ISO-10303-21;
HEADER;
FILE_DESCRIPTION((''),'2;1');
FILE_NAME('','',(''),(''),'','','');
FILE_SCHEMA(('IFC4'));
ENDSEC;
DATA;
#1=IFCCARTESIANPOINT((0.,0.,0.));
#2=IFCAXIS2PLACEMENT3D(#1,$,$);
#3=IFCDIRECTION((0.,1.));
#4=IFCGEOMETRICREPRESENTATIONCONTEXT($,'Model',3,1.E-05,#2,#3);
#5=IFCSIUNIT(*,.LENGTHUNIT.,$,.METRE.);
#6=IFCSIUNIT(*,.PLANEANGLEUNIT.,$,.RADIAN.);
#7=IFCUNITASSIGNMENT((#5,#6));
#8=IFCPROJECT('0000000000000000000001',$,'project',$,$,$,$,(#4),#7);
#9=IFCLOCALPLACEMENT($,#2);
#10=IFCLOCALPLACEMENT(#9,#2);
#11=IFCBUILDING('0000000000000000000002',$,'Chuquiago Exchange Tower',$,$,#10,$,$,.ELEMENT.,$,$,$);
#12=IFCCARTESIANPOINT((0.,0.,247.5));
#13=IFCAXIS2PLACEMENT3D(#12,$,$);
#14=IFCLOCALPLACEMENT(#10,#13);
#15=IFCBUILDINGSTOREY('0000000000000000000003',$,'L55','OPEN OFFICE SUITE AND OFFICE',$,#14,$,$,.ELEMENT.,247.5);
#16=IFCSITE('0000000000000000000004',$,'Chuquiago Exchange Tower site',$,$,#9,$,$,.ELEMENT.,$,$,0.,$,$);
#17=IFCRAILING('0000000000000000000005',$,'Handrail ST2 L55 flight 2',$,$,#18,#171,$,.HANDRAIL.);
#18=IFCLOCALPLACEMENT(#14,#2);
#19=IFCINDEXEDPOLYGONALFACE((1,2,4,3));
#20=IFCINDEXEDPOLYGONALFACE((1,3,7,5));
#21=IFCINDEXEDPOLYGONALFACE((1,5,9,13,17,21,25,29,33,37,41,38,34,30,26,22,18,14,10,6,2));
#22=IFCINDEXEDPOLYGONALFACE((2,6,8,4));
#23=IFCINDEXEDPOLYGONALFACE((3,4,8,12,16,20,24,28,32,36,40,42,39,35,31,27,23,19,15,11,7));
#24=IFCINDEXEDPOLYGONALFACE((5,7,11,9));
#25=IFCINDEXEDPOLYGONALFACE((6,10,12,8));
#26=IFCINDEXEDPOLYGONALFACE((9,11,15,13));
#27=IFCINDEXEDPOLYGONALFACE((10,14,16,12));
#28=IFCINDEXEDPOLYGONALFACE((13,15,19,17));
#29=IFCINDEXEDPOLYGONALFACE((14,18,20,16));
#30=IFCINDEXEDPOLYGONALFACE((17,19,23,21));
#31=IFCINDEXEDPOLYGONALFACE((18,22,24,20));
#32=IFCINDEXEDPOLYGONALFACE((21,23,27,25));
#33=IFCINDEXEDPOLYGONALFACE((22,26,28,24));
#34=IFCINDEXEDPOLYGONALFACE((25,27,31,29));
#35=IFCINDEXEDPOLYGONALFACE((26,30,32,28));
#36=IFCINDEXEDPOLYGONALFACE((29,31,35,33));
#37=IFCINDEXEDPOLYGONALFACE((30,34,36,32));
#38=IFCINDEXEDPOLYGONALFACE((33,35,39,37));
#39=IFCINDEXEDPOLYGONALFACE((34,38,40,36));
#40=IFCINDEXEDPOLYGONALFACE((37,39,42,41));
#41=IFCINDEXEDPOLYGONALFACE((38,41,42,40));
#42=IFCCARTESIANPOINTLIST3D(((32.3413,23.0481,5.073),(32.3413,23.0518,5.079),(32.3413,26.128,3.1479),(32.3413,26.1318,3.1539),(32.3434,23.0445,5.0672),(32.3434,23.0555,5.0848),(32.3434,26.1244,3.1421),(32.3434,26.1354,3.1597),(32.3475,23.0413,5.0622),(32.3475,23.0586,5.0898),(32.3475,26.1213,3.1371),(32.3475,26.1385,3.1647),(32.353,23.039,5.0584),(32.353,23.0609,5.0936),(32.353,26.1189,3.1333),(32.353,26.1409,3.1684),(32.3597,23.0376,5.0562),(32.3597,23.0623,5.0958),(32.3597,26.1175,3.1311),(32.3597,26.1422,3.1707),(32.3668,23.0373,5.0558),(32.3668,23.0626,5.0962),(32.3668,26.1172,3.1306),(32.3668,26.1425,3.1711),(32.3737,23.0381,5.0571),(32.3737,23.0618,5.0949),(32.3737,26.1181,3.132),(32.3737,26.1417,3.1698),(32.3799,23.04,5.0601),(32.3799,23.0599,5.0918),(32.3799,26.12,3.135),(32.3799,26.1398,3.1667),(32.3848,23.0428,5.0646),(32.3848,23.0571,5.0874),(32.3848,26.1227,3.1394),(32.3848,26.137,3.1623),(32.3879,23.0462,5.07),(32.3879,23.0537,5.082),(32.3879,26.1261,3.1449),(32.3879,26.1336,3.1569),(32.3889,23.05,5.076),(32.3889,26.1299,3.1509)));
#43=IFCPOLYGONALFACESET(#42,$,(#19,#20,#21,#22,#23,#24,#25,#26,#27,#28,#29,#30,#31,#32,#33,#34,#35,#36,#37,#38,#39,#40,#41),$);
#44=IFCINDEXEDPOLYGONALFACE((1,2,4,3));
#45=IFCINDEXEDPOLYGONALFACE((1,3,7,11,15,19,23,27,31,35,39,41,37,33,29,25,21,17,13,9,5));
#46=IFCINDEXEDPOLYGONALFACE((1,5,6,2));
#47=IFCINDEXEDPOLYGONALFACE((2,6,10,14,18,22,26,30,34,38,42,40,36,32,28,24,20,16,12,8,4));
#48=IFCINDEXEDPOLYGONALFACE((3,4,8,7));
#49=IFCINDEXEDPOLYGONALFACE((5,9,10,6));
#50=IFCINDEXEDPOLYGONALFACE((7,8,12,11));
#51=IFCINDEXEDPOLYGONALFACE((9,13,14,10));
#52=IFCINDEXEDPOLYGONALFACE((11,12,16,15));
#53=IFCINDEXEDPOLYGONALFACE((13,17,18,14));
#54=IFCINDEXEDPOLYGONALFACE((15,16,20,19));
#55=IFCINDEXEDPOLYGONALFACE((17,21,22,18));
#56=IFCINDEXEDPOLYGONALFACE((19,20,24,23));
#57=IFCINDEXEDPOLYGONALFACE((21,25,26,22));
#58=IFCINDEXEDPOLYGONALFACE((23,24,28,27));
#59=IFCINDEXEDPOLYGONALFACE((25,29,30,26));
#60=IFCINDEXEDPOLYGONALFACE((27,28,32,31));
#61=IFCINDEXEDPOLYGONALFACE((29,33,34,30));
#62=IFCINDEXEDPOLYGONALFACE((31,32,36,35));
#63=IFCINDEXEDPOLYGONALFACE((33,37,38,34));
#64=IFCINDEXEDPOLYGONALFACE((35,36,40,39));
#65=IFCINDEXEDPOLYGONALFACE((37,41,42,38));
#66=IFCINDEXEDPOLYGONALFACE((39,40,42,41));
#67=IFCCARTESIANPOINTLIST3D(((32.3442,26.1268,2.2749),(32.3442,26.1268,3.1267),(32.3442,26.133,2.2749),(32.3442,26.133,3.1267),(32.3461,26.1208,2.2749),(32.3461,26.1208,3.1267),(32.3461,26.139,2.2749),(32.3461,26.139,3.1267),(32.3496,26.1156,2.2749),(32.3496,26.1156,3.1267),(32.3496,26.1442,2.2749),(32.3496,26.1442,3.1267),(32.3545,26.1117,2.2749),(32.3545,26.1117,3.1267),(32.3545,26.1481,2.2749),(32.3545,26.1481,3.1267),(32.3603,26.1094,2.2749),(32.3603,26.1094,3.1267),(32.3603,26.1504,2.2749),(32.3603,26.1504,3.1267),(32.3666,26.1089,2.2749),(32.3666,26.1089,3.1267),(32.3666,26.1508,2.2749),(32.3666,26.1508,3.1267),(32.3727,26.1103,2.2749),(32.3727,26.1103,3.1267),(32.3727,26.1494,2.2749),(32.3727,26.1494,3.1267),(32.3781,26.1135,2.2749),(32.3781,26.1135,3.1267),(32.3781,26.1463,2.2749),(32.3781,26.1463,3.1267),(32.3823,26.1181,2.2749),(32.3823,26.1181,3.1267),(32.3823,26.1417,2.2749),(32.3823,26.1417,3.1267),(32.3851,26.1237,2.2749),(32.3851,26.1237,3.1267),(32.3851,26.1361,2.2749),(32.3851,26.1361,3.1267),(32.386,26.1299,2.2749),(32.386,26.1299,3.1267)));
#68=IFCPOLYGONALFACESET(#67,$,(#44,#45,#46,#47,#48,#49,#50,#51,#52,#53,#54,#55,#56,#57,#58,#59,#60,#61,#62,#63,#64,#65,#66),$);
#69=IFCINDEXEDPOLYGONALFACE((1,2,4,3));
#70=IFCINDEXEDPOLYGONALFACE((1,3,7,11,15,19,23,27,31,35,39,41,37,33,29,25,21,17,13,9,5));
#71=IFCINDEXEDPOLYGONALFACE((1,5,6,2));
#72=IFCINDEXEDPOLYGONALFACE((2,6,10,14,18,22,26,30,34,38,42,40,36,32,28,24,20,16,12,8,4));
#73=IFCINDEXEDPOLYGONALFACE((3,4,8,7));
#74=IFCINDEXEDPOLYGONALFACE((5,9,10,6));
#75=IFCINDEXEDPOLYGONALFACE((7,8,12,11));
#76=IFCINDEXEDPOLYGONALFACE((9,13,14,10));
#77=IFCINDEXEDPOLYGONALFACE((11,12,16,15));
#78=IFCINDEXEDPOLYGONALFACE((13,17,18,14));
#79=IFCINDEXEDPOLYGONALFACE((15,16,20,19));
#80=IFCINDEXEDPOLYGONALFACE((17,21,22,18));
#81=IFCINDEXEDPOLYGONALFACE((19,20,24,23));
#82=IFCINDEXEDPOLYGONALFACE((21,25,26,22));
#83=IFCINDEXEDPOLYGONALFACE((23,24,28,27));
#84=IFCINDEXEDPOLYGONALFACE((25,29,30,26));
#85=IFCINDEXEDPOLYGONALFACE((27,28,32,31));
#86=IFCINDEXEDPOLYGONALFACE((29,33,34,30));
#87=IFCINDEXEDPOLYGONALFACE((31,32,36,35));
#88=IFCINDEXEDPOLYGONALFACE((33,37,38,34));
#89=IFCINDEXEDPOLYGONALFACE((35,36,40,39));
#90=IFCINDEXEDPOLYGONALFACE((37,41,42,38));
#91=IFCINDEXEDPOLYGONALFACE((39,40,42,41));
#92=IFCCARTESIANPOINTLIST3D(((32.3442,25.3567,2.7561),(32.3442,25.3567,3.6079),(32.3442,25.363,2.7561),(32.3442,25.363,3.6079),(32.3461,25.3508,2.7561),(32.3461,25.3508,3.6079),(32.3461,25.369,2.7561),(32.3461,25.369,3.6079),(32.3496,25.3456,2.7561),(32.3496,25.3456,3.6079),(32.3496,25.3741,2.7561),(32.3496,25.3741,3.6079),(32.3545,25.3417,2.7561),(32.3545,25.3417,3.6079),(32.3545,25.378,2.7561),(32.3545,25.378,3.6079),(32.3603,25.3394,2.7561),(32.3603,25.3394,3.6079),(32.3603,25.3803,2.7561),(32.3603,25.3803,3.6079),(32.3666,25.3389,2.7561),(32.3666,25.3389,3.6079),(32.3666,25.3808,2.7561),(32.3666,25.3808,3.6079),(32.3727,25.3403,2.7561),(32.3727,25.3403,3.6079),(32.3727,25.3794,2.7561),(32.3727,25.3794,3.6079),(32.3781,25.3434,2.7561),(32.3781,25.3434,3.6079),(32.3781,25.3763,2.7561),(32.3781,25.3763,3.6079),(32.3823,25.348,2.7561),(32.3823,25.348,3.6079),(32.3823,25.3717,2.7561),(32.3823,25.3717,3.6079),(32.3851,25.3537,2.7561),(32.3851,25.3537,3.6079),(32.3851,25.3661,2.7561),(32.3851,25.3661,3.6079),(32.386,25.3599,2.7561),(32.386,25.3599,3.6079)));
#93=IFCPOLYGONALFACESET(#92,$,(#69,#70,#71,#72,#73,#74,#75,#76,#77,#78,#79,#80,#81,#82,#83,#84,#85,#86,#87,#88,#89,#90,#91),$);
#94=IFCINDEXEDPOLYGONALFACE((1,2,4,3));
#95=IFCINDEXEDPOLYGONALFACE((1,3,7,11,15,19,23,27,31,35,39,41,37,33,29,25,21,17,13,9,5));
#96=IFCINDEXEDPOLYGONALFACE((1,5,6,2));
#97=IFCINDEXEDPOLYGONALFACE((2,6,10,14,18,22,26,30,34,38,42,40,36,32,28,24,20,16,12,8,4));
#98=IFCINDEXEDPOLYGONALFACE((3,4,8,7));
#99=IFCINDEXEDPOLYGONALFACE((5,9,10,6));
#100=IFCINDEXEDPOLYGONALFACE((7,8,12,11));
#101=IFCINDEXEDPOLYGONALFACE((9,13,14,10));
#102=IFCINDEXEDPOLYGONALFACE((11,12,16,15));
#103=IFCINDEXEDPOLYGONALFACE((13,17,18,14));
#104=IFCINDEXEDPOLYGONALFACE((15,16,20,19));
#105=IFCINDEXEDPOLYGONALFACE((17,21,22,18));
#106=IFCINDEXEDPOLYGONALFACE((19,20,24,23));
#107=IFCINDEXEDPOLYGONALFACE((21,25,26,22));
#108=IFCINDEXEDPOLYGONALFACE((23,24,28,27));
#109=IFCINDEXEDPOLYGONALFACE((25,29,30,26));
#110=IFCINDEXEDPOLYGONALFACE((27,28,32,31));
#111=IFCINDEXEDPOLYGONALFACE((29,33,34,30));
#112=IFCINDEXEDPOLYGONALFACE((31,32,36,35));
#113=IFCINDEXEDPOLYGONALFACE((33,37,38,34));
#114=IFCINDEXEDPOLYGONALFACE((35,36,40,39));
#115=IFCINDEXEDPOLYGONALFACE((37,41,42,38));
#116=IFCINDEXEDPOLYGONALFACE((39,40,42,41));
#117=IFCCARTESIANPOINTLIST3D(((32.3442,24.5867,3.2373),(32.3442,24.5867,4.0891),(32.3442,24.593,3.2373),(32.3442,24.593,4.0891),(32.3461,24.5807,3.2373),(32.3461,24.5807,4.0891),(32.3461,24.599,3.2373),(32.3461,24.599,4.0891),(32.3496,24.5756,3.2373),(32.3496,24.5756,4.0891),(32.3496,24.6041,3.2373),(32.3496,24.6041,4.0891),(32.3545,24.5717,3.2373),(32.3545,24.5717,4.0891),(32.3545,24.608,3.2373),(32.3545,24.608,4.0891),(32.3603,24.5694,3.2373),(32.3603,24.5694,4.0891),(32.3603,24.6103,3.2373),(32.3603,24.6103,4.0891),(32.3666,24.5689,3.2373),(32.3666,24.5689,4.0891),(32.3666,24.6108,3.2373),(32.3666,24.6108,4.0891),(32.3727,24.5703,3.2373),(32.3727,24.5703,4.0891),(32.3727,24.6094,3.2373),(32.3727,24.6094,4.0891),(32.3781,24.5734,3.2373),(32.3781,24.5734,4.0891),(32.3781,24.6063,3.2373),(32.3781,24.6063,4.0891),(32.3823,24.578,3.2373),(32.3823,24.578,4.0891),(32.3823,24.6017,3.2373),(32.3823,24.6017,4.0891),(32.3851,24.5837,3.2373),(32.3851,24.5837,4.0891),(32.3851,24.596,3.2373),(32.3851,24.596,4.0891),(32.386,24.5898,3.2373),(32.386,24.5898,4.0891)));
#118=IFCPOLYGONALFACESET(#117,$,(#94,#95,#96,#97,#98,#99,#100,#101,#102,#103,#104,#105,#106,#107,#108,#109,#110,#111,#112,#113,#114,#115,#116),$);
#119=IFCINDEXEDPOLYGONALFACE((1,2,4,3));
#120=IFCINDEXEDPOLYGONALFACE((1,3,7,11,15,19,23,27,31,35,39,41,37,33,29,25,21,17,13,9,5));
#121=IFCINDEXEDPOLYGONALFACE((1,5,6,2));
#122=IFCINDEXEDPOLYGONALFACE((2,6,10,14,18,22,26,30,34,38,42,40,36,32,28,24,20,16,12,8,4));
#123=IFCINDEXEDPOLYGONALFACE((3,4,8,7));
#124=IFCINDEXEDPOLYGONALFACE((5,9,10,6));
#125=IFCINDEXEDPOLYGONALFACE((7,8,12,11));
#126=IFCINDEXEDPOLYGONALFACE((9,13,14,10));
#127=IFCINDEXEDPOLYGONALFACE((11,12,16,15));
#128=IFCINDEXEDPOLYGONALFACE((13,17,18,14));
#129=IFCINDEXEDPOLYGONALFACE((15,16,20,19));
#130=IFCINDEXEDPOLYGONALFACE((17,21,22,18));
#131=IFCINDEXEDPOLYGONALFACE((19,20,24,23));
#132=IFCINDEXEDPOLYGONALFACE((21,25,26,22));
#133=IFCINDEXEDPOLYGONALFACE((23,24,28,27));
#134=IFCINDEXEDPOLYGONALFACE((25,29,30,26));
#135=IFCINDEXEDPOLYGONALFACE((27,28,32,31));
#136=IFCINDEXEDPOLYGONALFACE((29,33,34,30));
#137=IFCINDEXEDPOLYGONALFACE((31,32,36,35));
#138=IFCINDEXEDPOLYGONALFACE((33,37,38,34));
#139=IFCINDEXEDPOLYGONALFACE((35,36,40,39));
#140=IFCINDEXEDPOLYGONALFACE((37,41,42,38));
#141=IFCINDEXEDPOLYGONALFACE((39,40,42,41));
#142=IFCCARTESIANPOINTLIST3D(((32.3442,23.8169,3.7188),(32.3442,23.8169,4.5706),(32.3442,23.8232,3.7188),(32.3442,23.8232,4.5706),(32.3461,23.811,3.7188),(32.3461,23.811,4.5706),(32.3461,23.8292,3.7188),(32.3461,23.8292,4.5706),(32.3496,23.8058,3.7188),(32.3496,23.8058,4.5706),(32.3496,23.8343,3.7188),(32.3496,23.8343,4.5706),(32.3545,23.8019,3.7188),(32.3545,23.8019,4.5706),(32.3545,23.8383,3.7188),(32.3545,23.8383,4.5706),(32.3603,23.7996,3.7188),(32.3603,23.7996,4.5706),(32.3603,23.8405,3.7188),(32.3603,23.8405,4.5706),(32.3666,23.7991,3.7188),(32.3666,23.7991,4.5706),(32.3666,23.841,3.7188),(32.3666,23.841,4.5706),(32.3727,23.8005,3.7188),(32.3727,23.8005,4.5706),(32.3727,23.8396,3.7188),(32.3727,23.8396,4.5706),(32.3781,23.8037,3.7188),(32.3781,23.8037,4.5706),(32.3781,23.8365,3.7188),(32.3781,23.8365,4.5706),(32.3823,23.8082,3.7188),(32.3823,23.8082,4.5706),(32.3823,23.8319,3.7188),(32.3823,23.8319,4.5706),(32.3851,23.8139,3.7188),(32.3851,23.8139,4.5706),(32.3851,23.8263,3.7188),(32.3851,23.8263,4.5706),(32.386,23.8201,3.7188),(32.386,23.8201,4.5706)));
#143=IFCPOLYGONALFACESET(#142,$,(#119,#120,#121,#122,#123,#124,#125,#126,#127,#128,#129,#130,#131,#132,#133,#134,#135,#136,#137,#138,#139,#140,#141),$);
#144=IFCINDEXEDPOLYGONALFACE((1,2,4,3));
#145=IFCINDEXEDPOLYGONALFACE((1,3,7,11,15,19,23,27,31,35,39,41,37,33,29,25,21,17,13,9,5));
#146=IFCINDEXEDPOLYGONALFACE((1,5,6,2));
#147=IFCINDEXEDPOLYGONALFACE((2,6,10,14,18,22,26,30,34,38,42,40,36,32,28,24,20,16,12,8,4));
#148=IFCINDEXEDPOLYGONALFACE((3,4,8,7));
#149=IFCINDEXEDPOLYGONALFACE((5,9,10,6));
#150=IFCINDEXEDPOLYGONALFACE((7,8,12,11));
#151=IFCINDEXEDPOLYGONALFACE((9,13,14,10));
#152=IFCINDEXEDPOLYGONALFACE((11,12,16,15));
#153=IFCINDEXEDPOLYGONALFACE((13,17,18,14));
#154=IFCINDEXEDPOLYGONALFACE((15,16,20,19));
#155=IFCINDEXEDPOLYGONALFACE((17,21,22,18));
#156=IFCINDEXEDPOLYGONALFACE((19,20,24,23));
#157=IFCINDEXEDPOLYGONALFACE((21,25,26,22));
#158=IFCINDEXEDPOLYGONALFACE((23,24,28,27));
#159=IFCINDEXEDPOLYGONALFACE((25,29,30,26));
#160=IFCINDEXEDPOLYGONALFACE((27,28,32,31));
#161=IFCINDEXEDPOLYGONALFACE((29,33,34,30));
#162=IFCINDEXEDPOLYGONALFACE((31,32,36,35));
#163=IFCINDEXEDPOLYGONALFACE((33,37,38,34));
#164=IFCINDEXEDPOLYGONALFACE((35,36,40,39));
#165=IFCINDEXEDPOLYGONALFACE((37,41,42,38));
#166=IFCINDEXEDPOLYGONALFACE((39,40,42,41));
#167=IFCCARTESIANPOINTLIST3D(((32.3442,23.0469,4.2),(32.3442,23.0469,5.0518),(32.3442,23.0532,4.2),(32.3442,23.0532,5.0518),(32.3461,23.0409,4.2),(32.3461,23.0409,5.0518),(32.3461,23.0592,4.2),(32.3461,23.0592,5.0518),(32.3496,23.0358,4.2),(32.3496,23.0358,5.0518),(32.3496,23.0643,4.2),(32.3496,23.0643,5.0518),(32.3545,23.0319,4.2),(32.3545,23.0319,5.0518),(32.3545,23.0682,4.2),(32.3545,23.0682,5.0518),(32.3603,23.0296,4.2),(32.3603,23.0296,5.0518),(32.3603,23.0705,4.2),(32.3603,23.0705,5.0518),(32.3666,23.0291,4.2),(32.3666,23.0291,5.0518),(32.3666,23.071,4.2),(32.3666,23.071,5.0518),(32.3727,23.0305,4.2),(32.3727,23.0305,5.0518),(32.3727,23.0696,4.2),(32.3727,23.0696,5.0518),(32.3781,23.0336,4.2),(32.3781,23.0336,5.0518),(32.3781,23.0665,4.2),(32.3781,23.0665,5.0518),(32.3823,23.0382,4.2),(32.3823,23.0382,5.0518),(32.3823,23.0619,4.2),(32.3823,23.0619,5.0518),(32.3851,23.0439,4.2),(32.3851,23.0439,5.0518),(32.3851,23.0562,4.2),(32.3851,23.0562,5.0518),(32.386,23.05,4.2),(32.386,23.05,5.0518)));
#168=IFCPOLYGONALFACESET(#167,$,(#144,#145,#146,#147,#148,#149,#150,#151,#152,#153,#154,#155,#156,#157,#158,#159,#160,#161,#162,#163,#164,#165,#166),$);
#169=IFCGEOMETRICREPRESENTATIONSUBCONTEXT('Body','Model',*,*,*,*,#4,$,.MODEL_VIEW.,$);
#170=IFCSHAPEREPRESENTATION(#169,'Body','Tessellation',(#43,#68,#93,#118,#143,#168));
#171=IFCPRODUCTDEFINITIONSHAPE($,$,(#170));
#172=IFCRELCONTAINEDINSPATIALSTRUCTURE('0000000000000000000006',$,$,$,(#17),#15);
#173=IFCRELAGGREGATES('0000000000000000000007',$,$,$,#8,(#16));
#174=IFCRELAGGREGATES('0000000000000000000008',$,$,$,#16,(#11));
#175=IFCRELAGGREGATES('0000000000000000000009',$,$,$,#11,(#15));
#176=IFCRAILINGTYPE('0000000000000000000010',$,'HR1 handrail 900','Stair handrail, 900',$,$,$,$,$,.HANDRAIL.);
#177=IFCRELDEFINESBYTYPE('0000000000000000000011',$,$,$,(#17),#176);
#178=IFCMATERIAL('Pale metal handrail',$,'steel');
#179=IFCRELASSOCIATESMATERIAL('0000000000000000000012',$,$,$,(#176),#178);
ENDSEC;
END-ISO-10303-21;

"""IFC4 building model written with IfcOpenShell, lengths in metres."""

from ifc_helpers import new_model, si_unit, direction, frame, origin, origin_2d, place, context, subcontext, project, spatial, circle, extrude, material, type_object, element, save


model = new_model("IFC4")

# Units and contexts
model_context = context("Model", 3, precision=1e-05, world=origin(), true_north=direction((0.0, 1.0)))
body_context = subcontext(model_context, "Body", "Model", "MODEL_VIEW")
ifc_project = project(units=[si_unit("LENGTHUNIT", "METRE"), si_unit("PLANEANGLEUNIT", "RADIAN")], contexts=[model_context])

# Site, building, storey
site_placement = place(None, origin())
site = spatial("IfcSite", under=ifc_project, at=site_placement, Name="Chuquiago Exchange Tower site", CompositionType="ELEMENT", RefElevation=0.0)
building_placement = place(site_placement, origin())
building = spatial("IfcBuilding", under=site, at=building_placement, Name="Chuquiago Exchange Tower", CompositionType="ELEMENT")
storey_placement = place(building_placement, frame((0.0, 0.0, 247.5)))
storey = spatial("IfcBuildingStorey", under=building, at=storey_placement, Name="L55", Description="OPEN OFFICE SUITE AND OFFICE", CompositionType="ELEMENT", Elevation=247.5)

# Railing
ifc_material_1 = material(Name="Pale metal handrail", Category="steel")
railing_type_1 = type_object("IfcRailingType", Name="HR1 handrail 900", Description="Stair handrail, 900", PredefinedType="HANDRAIL", material=ifc_material_1)
for number, where, name in (
    (1, (32.365, 26.1299, 2.2749), "Handrail ST2 L55 flight 2"),
):
    element("IfcRailing", number, at=place(storey_placement, frame(where)), inside=storey, type_object=railing_type_1, Name=name, PredefinedType="HANDRAIL", context=body_context, shape_type="SweptSolid", body=[
        extrude(circle(Radius=0.0239, at=origin_2d()), frame((0.0, 0.0, 0.876), z_axis=(0.0, -0.847979, 0.530029), x_axis=(1.0, 0.0, 0.0)), (0.0, 0.0, 1.0), 3.6321),
        extrude(circle(Radius=0.021, at=origin_2d()), origin(), (0.0, 0.0, 1.0), 0.8518),
        extrude(circle(Radius=0.021, at=origin_2d()), frame((0.0, -0.77, 0.4812)), (0.0, 0.0, 1.0), 0.8518),
        extrude(circle(Radius=0.021, at=origin_2d()), frame((0.0, -1.54, 0.9624)), (0.0, 0.0, 1.0), 0.8518),
        extrude(circle(Radius=0.021, at=origin_2d()), frame((0.0, -2.3098, 1.4438)), (0.0, 0.0, 1.0), 0.8518),
        extrude(circle(Radius=0.021, at=origin_2d()), frame((0.0, -3.0798, 1.925)), (0.0, 0.0, 1.0), 0.8518),
    ])

save(model, "model.ifc")
